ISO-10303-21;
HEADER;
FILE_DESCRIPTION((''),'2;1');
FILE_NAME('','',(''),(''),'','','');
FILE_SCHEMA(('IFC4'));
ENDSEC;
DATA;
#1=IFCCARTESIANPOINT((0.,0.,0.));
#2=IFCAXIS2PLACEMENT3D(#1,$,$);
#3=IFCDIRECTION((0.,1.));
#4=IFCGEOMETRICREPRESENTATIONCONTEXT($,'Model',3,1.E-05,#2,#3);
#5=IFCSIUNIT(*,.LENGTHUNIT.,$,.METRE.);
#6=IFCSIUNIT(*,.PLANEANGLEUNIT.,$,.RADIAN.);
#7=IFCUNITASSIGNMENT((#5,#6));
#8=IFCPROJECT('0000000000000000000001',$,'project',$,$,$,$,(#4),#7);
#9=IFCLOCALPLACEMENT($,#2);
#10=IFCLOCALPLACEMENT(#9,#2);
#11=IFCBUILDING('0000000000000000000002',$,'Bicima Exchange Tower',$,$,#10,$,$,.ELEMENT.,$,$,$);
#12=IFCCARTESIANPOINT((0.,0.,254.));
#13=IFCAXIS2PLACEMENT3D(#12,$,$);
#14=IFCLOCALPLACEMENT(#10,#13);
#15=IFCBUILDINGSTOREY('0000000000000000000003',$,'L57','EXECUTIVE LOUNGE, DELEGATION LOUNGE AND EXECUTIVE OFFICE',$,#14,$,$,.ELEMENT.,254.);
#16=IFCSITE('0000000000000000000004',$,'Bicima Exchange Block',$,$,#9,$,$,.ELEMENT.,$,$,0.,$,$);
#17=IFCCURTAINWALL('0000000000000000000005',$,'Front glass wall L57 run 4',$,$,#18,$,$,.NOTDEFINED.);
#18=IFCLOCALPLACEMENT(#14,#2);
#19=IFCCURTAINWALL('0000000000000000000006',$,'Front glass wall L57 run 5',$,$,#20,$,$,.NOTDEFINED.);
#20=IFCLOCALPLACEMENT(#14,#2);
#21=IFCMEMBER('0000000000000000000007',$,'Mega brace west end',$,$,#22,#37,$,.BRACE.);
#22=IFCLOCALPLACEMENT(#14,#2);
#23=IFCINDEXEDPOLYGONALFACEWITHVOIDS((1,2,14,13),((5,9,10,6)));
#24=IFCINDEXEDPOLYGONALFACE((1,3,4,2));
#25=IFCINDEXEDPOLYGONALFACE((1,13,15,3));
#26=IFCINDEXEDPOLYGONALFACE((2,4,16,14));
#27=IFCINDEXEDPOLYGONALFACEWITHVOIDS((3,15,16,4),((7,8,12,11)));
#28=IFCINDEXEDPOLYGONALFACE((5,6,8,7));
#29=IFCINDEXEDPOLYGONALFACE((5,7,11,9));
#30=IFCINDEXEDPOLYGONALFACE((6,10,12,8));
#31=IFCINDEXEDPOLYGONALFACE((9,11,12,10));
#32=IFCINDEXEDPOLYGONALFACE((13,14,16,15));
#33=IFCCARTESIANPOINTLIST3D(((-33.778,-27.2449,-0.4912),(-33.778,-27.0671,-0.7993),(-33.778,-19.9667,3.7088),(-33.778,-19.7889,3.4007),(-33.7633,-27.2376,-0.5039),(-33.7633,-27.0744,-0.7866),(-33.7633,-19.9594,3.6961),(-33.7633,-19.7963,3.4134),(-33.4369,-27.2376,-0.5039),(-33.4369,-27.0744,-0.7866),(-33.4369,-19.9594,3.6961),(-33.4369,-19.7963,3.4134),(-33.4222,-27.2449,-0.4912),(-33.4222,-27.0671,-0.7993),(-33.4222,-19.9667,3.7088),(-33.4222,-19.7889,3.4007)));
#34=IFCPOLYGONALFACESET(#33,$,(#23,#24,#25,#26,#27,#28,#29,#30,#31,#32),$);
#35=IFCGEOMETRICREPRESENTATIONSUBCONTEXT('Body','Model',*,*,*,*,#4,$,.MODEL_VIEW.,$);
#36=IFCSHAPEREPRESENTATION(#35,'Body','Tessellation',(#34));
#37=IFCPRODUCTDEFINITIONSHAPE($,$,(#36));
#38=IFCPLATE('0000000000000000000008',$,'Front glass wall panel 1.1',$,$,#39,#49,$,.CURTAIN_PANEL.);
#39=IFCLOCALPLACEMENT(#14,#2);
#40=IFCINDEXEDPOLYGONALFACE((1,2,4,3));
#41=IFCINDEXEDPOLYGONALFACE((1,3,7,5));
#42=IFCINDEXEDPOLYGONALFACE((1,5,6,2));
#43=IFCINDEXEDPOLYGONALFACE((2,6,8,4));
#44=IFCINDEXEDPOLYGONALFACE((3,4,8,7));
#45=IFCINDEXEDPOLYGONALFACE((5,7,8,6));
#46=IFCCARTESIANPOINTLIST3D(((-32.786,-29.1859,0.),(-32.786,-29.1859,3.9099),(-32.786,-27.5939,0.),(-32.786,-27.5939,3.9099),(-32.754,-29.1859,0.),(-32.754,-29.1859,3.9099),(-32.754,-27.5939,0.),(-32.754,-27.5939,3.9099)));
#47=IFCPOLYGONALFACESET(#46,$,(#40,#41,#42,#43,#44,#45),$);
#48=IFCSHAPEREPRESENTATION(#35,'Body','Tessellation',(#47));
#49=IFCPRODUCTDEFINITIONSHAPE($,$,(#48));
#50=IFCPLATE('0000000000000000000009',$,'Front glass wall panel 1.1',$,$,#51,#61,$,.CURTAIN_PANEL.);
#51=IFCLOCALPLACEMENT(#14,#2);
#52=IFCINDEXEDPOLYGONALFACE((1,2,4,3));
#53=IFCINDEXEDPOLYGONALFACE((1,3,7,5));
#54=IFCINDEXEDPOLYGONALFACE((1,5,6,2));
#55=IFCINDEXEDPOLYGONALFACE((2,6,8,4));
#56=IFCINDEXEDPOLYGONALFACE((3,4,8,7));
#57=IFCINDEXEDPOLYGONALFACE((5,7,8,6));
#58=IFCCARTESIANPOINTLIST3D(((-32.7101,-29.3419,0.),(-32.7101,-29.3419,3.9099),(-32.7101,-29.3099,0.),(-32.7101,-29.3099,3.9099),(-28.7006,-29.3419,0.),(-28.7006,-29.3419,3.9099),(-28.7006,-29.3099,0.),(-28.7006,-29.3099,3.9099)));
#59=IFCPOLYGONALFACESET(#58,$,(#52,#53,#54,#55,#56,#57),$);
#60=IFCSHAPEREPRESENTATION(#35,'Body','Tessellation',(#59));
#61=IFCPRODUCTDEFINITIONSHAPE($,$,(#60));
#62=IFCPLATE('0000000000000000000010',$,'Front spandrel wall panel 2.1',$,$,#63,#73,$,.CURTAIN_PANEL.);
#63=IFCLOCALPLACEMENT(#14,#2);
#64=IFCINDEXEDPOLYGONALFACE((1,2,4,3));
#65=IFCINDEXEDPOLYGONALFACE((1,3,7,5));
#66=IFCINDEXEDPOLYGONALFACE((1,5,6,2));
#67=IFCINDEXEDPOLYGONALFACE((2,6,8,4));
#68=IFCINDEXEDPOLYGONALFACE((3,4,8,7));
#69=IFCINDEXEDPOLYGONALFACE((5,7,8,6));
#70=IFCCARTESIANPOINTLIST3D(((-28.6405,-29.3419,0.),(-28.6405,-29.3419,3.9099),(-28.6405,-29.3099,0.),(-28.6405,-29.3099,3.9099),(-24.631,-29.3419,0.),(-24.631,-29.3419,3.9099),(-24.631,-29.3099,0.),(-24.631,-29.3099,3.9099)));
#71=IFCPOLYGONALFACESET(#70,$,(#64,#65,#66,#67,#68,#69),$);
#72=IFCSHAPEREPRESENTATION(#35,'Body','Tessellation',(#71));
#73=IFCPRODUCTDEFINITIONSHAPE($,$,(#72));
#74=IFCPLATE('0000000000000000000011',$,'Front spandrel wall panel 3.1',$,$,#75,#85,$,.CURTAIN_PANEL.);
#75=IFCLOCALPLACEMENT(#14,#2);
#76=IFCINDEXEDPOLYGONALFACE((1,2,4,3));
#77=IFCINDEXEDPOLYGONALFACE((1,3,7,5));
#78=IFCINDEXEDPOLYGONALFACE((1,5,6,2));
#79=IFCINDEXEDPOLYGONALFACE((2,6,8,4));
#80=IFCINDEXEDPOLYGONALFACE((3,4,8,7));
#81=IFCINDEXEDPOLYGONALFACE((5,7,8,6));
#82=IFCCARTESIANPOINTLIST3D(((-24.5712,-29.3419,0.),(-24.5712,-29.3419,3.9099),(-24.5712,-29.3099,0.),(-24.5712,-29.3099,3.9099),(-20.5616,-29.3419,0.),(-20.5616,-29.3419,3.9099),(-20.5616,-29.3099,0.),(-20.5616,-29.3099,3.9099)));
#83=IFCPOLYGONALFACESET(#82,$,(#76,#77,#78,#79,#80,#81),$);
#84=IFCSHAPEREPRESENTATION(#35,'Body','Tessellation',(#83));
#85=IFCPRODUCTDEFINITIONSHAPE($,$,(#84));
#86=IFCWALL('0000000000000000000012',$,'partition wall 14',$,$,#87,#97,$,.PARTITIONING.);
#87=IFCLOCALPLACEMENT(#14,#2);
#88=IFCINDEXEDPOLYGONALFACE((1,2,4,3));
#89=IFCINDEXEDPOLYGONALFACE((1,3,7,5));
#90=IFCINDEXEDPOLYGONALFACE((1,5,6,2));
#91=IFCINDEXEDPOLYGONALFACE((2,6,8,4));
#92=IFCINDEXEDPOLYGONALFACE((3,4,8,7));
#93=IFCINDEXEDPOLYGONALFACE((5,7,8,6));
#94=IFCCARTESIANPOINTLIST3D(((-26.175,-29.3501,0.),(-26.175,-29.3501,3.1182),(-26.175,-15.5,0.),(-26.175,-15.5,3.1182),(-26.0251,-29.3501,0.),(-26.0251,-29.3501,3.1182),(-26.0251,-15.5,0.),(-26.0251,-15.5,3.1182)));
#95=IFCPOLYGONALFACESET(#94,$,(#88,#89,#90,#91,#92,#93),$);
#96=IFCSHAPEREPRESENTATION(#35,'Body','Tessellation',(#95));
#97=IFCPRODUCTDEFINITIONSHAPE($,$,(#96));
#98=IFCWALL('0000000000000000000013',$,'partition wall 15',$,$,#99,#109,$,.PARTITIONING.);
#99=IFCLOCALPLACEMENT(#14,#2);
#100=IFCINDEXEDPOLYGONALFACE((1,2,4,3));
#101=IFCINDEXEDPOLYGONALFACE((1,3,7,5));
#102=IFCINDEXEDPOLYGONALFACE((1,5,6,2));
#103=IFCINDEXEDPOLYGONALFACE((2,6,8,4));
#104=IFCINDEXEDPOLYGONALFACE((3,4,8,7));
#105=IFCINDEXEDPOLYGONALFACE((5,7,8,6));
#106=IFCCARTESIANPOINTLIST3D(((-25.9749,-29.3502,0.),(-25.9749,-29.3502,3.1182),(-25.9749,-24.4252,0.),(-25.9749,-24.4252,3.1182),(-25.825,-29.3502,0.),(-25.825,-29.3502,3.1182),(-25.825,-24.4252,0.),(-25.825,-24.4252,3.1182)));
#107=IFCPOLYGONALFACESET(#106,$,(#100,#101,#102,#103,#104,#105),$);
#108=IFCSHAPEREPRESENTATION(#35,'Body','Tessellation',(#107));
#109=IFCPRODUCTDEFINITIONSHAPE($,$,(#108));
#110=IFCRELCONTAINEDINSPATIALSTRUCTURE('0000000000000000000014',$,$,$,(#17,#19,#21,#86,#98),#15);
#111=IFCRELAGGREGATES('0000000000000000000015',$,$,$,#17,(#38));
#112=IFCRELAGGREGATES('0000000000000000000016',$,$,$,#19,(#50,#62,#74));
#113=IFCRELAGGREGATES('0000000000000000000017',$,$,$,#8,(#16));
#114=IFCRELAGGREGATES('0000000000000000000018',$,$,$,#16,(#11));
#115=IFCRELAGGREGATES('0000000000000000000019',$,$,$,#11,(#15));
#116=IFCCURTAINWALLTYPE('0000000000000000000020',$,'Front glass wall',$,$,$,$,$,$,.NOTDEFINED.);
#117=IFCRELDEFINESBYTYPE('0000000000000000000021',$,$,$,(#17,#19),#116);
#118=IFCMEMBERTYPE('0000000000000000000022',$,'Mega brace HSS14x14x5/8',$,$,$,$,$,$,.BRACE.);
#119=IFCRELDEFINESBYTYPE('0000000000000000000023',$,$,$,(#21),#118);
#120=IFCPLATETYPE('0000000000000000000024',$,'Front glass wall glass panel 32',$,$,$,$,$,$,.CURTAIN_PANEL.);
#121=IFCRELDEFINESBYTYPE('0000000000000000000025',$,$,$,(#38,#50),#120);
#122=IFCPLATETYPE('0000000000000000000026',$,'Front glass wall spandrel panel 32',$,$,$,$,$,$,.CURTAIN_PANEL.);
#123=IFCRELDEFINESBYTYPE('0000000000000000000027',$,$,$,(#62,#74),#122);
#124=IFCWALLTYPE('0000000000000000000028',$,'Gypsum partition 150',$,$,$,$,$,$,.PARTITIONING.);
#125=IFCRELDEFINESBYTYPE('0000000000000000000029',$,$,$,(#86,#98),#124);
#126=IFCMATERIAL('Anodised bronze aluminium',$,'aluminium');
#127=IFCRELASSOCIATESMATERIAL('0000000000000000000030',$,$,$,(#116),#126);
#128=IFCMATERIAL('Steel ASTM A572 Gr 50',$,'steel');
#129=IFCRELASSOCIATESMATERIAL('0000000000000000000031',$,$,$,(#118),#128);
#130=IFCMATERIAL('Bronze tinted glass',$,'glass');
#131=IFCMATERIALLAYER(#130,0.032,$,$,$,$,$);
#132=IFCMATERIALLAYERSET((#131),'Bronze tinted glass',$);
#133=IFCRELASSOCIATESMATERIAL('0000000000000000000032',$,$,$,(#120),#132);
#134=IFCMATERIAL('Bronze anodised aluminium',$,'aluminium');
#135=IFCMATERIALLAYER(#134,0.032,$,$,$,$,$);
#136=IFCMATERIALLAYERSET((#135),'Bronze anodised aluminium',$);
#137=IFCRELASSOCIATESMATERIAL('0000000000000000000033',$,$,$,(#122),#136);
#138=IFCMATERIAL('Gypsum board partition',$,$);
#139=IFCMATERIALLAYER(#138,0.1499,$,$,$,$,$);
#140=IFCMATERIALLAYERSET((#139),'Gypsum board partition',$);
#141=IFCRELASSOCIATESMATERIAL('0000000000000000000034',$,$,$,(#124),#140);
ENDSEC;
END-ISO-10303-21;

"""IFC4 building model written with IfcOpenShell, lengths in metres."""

from ifc_helpers import new_model, si_unit, direction, frame, frame_2d, origin, origin_2d, place, context, subcontext, project, spatial, rectangle, hollow_rectangle, extrude, material, layer, layer_set, material_profile, profile_set, type_object, element, aggregate, save


model = new_model("IFC4")

# Units and contexts
model_context = context("Model", 3, precision=1e-05, world=origin(), true_north=direction((0.0, 1.0)))
body_context = subcontext(model_context, "Body", "Model", "MODEL_VIEW")
ifc_project = project(units=[si_unit("LENGTHUNIT", "METRE"), si_unit("PLANEANGLEUNIT", "RADIAN")], contexts=[model_context])

# Site, building, storey
site_placement = place(None, origin())
site = spatial("IfcSite", under=ifc_project, at=site_placement, Name="Bicima Exchange Block", CompositionType="ELEMENT", RefElevation=0.0)
building_placement = place(site_placement, origin())
building = spatial("IfcBuilding", under=site, at=building_placement, Name="Bicima Exchange Tower", CompositionType="ELEMENT")
storey_placement = place(building_placement, frame((0.0, 0.0, 254.0)))
storey = spatial("IfcBuildingStorey", under=building, at=storey_placement, Name="L57", Description="EXECUTIVE LOUNGE, DELEGATION LOUNGE AND EXECUTIVE OFFICE", CompositionType="ELEMENT", Elevation=254.0)

# Shared definitions
ifc_material_1 = material(Name="Steel ASTM A572 Gr 50", Category="steel")

# Curtain walls
ifc_material_2 = material(Name="Anodised bronze aluminium", Category="aluminium")
curtain_wall_type = type_object("IfcCurtainWallType", Name="Front glass wall", PredefinedType="NOTDEFINED", material=ifc_material_2)
curtain_wall_1_placement = place(storey_placement, origin())
curtain_wall_1 = element("IfcCurtainWall", 1, at=curtain_wall_1_placement, inside=storey, type_object=curtain_wall_type, Name="Front glass wall L57 run 4", PredefinedType="NOTDEFINED")
curtain_wall_2_placement = place(storey_placement, origin())
curtain_wall_2 = element("IfcCurtainWall", 2, at=curtain_wall_2_placement, inside=storey, type_object=curtain_wall_type, Name="Front glass wall L57 run 5", PredefinedType="NOTDEFINED")

# Member
ifc_material_profile_1 = material_profile(ifc_material_1, hollow_rectangle(XDim=0.3557, YDim=0.3557, WallThickness=0.0146, at=origin_2d()))
ifc_profile_set_1 = profile_set([ifc_material_profile_1], Name="Steel ASTM A572 Gr 50")
member_type_1 = type_object("IfcMemberType", Name="Mega brace HSS14x14x5/8", PredefinedType="BRACE", material=ifc_profile_set_1)
member_1_placement = place(storey_placement, frame((-33.6001, -27.156, -0.6453), z_axis=(0.0, 0.866131, 0.499817), x_axis=(-1.0, 0.0, 0.0)))
element("IfcMember", 3, at=member_1_placement, inside=storey, type_object=member_type_1, Name="Mega brace west end", PredefinedType="BRACE", context=body_context, shape_type="SweptSolid", body=[
    extrude(hollow_rectangle(XDim=0.3557, YDim=0.3557, WallThickness=0.0146, at=origin_2d()), origin(), (0.0, 0.0, 1.0), 8.4031),
])

# Plates
ifc_material_3 = material(Name="Bronze tinted glass", Category="glass")
ifc_layer_1 = layer(ifc_material_3, 0.032)
ifc_layer_set_1 = layer_set([ifc_layer_1], Name="Bronze tinted glass")
plate_type_1 = type_object("IfcPlateType", Name="Front glass wall glass panel 32", PredefinedType="CURTAIN_PANEL", material=ifc_layer_set_1)
plate_1_placement = place(storey_placement, frame((-32.77, -28.3899, 0.0), z_axis=(0.0, 0.0, 1.0), x_axis=(0.0, -1.0, 0.0)))
plate_1 = element("IfcPlate", 4, at=plate_1_placement, type_object=plate_type_1, Name="Front glass wall panel 1.1", PredefinedType="CURTAIN_PANEL", context=body_context, shape_type="SweptSolid", body=[
    extrude(rectangle(XDim=1.592, YDim=0.032, at=origin_2d()), origin(), (0.0, 0.0, 1.0), 3.9099),
])
aggregate(curtain_wall_1, [plate_1])
plate_2_placement = place(storey_placement, frame((-30.7053, -29.3259, 0.0), z_axis=(0.0, 0.0, 1.0), x_axis=(1.0, 0.0, 0.0)))
plate_2 = element("IfcPlate", 5, at=plate_2_placement, type_object=plate_type_1, Name="Front glass wall panel 1.1", PredefinedType="CURTAIN_PANEL", context=body_context, shape_type="SweptSolid", body=[
    extrude(rectangle(XDim=4.0095, YDim=0.032, at=origin_2d()), origin(), (0.0, 0.0, 1.0), 3.9099),
])
ifc_material_4 = material(Name="Bronze anodised aluminium", Category="aluminium")
ifc_layer_2 = layer(ifc_material_4, 0.032)
ifc_layer_set_2 = layer_set([ifc_layer_2], Name="Bronze anodised aluminium")
plate_type_2 = type_object("IfcPlateType", Name="Front glass wall spandrel panel 32", PredefinedType="CURTAIN_PANEL", material=ifc_layer_set_2)
plate_3_placement = place(storey_placement, frame((-26.6357, -29.3259, 0.0), z_axis=(0.0, 0.0, 1.0), x_axis=(1.0, 0.0, 0.0)))
plate_3 = element("IfcPlate", 6, at=plate_3_placement, type_object=plate_type_2, Name="Front spandrel wall panel 2.1", PredefinedType="CURTAIN_PANEL", context=body_context, shape_type="SweptSolid", body=[
    extrude(rectangle(XDim=4.0095, YDim=0.032, at=origin_2d()), origin(), (0.0, 0.0, 1.0), 3.9099),
])
plate_4_placement = place(storey_placement, frame((-22.5664, -29.3259, 0.0), z_axis=(0.0, 0.0, 1.0), x_axis=(1.0, 0.0, 0.0)))
plate_4 = element("IfcPlate", 7, at=plate_4_placement, type_object=plate_type_2, Name="Front spandrel wall panel 3.1", PredefinedType="CURTAIN_PANEL", context=body_context, shape_type="SweptSolid", body=[
    extrude(rectangle(XDim=4.0095, YDim=0.032, at=origin_2d()), origin(), (0.0, 0.0, 1.0), 3.9099),
])
aggregate(curtain_wall_2, [plate_2, plate_3, plate_4])

# Walls
ifc_material_5 = material(Name="Gypsum board partition")
ifc_layer_3 = layer(ifc_material_5, 0.1499)
ifc_layer_set_3 = layer_set([ifc_layer_3], Name="Gypsum board partition")
wall_type = type_object("IfcWallType", Name="Gypsum partition 150", PredefinedType="PARTITIONING", material=ifc_layer_set_3)
wall_1_placement = place(storey_placement, frame((-26.1001, -29.3501, 0.0), z_axis=(0.0, 0.0, 1.0), x_axis=(0.0, 1.0, 0.0)))
element("IfcWall", 8, at=wall_1_placement, inside=storey, type_object=wall_type, Name="partition wall 14", PredefinedType="PARTITIONING", context=body_context, shape_type="SweptSolid", body=[
    extrude(rectangle(XDim=13.8501, YDim=0.1499, at=frame_2d((6.925, 0.0))), origin(), (0.0, 0.0, 1.0), 3.1182),
])
wall_2_placement = place(storey_placement, frame((-25.8999, -29.3501, 0.0), z_axis=(0.0, 0.0, 1.0), x_axis=(0.0, 1.0, 0.0)))
element("IfcWall", 9, at=wall_2_placement, inside=storey, type_object=wall_type, Name="partition wall 15", PredefinedType="PARTITIONING", context=body_context, shape_type="SweptSolid", body=[
    extrude(rectangle(XDim=4.925, YDim=0.1499, at=frame_2d((2.4624, 0.0))), origin(), (0.0, 0.0, 1.0), 3.1182),
])

save(model, "model.ifc")
